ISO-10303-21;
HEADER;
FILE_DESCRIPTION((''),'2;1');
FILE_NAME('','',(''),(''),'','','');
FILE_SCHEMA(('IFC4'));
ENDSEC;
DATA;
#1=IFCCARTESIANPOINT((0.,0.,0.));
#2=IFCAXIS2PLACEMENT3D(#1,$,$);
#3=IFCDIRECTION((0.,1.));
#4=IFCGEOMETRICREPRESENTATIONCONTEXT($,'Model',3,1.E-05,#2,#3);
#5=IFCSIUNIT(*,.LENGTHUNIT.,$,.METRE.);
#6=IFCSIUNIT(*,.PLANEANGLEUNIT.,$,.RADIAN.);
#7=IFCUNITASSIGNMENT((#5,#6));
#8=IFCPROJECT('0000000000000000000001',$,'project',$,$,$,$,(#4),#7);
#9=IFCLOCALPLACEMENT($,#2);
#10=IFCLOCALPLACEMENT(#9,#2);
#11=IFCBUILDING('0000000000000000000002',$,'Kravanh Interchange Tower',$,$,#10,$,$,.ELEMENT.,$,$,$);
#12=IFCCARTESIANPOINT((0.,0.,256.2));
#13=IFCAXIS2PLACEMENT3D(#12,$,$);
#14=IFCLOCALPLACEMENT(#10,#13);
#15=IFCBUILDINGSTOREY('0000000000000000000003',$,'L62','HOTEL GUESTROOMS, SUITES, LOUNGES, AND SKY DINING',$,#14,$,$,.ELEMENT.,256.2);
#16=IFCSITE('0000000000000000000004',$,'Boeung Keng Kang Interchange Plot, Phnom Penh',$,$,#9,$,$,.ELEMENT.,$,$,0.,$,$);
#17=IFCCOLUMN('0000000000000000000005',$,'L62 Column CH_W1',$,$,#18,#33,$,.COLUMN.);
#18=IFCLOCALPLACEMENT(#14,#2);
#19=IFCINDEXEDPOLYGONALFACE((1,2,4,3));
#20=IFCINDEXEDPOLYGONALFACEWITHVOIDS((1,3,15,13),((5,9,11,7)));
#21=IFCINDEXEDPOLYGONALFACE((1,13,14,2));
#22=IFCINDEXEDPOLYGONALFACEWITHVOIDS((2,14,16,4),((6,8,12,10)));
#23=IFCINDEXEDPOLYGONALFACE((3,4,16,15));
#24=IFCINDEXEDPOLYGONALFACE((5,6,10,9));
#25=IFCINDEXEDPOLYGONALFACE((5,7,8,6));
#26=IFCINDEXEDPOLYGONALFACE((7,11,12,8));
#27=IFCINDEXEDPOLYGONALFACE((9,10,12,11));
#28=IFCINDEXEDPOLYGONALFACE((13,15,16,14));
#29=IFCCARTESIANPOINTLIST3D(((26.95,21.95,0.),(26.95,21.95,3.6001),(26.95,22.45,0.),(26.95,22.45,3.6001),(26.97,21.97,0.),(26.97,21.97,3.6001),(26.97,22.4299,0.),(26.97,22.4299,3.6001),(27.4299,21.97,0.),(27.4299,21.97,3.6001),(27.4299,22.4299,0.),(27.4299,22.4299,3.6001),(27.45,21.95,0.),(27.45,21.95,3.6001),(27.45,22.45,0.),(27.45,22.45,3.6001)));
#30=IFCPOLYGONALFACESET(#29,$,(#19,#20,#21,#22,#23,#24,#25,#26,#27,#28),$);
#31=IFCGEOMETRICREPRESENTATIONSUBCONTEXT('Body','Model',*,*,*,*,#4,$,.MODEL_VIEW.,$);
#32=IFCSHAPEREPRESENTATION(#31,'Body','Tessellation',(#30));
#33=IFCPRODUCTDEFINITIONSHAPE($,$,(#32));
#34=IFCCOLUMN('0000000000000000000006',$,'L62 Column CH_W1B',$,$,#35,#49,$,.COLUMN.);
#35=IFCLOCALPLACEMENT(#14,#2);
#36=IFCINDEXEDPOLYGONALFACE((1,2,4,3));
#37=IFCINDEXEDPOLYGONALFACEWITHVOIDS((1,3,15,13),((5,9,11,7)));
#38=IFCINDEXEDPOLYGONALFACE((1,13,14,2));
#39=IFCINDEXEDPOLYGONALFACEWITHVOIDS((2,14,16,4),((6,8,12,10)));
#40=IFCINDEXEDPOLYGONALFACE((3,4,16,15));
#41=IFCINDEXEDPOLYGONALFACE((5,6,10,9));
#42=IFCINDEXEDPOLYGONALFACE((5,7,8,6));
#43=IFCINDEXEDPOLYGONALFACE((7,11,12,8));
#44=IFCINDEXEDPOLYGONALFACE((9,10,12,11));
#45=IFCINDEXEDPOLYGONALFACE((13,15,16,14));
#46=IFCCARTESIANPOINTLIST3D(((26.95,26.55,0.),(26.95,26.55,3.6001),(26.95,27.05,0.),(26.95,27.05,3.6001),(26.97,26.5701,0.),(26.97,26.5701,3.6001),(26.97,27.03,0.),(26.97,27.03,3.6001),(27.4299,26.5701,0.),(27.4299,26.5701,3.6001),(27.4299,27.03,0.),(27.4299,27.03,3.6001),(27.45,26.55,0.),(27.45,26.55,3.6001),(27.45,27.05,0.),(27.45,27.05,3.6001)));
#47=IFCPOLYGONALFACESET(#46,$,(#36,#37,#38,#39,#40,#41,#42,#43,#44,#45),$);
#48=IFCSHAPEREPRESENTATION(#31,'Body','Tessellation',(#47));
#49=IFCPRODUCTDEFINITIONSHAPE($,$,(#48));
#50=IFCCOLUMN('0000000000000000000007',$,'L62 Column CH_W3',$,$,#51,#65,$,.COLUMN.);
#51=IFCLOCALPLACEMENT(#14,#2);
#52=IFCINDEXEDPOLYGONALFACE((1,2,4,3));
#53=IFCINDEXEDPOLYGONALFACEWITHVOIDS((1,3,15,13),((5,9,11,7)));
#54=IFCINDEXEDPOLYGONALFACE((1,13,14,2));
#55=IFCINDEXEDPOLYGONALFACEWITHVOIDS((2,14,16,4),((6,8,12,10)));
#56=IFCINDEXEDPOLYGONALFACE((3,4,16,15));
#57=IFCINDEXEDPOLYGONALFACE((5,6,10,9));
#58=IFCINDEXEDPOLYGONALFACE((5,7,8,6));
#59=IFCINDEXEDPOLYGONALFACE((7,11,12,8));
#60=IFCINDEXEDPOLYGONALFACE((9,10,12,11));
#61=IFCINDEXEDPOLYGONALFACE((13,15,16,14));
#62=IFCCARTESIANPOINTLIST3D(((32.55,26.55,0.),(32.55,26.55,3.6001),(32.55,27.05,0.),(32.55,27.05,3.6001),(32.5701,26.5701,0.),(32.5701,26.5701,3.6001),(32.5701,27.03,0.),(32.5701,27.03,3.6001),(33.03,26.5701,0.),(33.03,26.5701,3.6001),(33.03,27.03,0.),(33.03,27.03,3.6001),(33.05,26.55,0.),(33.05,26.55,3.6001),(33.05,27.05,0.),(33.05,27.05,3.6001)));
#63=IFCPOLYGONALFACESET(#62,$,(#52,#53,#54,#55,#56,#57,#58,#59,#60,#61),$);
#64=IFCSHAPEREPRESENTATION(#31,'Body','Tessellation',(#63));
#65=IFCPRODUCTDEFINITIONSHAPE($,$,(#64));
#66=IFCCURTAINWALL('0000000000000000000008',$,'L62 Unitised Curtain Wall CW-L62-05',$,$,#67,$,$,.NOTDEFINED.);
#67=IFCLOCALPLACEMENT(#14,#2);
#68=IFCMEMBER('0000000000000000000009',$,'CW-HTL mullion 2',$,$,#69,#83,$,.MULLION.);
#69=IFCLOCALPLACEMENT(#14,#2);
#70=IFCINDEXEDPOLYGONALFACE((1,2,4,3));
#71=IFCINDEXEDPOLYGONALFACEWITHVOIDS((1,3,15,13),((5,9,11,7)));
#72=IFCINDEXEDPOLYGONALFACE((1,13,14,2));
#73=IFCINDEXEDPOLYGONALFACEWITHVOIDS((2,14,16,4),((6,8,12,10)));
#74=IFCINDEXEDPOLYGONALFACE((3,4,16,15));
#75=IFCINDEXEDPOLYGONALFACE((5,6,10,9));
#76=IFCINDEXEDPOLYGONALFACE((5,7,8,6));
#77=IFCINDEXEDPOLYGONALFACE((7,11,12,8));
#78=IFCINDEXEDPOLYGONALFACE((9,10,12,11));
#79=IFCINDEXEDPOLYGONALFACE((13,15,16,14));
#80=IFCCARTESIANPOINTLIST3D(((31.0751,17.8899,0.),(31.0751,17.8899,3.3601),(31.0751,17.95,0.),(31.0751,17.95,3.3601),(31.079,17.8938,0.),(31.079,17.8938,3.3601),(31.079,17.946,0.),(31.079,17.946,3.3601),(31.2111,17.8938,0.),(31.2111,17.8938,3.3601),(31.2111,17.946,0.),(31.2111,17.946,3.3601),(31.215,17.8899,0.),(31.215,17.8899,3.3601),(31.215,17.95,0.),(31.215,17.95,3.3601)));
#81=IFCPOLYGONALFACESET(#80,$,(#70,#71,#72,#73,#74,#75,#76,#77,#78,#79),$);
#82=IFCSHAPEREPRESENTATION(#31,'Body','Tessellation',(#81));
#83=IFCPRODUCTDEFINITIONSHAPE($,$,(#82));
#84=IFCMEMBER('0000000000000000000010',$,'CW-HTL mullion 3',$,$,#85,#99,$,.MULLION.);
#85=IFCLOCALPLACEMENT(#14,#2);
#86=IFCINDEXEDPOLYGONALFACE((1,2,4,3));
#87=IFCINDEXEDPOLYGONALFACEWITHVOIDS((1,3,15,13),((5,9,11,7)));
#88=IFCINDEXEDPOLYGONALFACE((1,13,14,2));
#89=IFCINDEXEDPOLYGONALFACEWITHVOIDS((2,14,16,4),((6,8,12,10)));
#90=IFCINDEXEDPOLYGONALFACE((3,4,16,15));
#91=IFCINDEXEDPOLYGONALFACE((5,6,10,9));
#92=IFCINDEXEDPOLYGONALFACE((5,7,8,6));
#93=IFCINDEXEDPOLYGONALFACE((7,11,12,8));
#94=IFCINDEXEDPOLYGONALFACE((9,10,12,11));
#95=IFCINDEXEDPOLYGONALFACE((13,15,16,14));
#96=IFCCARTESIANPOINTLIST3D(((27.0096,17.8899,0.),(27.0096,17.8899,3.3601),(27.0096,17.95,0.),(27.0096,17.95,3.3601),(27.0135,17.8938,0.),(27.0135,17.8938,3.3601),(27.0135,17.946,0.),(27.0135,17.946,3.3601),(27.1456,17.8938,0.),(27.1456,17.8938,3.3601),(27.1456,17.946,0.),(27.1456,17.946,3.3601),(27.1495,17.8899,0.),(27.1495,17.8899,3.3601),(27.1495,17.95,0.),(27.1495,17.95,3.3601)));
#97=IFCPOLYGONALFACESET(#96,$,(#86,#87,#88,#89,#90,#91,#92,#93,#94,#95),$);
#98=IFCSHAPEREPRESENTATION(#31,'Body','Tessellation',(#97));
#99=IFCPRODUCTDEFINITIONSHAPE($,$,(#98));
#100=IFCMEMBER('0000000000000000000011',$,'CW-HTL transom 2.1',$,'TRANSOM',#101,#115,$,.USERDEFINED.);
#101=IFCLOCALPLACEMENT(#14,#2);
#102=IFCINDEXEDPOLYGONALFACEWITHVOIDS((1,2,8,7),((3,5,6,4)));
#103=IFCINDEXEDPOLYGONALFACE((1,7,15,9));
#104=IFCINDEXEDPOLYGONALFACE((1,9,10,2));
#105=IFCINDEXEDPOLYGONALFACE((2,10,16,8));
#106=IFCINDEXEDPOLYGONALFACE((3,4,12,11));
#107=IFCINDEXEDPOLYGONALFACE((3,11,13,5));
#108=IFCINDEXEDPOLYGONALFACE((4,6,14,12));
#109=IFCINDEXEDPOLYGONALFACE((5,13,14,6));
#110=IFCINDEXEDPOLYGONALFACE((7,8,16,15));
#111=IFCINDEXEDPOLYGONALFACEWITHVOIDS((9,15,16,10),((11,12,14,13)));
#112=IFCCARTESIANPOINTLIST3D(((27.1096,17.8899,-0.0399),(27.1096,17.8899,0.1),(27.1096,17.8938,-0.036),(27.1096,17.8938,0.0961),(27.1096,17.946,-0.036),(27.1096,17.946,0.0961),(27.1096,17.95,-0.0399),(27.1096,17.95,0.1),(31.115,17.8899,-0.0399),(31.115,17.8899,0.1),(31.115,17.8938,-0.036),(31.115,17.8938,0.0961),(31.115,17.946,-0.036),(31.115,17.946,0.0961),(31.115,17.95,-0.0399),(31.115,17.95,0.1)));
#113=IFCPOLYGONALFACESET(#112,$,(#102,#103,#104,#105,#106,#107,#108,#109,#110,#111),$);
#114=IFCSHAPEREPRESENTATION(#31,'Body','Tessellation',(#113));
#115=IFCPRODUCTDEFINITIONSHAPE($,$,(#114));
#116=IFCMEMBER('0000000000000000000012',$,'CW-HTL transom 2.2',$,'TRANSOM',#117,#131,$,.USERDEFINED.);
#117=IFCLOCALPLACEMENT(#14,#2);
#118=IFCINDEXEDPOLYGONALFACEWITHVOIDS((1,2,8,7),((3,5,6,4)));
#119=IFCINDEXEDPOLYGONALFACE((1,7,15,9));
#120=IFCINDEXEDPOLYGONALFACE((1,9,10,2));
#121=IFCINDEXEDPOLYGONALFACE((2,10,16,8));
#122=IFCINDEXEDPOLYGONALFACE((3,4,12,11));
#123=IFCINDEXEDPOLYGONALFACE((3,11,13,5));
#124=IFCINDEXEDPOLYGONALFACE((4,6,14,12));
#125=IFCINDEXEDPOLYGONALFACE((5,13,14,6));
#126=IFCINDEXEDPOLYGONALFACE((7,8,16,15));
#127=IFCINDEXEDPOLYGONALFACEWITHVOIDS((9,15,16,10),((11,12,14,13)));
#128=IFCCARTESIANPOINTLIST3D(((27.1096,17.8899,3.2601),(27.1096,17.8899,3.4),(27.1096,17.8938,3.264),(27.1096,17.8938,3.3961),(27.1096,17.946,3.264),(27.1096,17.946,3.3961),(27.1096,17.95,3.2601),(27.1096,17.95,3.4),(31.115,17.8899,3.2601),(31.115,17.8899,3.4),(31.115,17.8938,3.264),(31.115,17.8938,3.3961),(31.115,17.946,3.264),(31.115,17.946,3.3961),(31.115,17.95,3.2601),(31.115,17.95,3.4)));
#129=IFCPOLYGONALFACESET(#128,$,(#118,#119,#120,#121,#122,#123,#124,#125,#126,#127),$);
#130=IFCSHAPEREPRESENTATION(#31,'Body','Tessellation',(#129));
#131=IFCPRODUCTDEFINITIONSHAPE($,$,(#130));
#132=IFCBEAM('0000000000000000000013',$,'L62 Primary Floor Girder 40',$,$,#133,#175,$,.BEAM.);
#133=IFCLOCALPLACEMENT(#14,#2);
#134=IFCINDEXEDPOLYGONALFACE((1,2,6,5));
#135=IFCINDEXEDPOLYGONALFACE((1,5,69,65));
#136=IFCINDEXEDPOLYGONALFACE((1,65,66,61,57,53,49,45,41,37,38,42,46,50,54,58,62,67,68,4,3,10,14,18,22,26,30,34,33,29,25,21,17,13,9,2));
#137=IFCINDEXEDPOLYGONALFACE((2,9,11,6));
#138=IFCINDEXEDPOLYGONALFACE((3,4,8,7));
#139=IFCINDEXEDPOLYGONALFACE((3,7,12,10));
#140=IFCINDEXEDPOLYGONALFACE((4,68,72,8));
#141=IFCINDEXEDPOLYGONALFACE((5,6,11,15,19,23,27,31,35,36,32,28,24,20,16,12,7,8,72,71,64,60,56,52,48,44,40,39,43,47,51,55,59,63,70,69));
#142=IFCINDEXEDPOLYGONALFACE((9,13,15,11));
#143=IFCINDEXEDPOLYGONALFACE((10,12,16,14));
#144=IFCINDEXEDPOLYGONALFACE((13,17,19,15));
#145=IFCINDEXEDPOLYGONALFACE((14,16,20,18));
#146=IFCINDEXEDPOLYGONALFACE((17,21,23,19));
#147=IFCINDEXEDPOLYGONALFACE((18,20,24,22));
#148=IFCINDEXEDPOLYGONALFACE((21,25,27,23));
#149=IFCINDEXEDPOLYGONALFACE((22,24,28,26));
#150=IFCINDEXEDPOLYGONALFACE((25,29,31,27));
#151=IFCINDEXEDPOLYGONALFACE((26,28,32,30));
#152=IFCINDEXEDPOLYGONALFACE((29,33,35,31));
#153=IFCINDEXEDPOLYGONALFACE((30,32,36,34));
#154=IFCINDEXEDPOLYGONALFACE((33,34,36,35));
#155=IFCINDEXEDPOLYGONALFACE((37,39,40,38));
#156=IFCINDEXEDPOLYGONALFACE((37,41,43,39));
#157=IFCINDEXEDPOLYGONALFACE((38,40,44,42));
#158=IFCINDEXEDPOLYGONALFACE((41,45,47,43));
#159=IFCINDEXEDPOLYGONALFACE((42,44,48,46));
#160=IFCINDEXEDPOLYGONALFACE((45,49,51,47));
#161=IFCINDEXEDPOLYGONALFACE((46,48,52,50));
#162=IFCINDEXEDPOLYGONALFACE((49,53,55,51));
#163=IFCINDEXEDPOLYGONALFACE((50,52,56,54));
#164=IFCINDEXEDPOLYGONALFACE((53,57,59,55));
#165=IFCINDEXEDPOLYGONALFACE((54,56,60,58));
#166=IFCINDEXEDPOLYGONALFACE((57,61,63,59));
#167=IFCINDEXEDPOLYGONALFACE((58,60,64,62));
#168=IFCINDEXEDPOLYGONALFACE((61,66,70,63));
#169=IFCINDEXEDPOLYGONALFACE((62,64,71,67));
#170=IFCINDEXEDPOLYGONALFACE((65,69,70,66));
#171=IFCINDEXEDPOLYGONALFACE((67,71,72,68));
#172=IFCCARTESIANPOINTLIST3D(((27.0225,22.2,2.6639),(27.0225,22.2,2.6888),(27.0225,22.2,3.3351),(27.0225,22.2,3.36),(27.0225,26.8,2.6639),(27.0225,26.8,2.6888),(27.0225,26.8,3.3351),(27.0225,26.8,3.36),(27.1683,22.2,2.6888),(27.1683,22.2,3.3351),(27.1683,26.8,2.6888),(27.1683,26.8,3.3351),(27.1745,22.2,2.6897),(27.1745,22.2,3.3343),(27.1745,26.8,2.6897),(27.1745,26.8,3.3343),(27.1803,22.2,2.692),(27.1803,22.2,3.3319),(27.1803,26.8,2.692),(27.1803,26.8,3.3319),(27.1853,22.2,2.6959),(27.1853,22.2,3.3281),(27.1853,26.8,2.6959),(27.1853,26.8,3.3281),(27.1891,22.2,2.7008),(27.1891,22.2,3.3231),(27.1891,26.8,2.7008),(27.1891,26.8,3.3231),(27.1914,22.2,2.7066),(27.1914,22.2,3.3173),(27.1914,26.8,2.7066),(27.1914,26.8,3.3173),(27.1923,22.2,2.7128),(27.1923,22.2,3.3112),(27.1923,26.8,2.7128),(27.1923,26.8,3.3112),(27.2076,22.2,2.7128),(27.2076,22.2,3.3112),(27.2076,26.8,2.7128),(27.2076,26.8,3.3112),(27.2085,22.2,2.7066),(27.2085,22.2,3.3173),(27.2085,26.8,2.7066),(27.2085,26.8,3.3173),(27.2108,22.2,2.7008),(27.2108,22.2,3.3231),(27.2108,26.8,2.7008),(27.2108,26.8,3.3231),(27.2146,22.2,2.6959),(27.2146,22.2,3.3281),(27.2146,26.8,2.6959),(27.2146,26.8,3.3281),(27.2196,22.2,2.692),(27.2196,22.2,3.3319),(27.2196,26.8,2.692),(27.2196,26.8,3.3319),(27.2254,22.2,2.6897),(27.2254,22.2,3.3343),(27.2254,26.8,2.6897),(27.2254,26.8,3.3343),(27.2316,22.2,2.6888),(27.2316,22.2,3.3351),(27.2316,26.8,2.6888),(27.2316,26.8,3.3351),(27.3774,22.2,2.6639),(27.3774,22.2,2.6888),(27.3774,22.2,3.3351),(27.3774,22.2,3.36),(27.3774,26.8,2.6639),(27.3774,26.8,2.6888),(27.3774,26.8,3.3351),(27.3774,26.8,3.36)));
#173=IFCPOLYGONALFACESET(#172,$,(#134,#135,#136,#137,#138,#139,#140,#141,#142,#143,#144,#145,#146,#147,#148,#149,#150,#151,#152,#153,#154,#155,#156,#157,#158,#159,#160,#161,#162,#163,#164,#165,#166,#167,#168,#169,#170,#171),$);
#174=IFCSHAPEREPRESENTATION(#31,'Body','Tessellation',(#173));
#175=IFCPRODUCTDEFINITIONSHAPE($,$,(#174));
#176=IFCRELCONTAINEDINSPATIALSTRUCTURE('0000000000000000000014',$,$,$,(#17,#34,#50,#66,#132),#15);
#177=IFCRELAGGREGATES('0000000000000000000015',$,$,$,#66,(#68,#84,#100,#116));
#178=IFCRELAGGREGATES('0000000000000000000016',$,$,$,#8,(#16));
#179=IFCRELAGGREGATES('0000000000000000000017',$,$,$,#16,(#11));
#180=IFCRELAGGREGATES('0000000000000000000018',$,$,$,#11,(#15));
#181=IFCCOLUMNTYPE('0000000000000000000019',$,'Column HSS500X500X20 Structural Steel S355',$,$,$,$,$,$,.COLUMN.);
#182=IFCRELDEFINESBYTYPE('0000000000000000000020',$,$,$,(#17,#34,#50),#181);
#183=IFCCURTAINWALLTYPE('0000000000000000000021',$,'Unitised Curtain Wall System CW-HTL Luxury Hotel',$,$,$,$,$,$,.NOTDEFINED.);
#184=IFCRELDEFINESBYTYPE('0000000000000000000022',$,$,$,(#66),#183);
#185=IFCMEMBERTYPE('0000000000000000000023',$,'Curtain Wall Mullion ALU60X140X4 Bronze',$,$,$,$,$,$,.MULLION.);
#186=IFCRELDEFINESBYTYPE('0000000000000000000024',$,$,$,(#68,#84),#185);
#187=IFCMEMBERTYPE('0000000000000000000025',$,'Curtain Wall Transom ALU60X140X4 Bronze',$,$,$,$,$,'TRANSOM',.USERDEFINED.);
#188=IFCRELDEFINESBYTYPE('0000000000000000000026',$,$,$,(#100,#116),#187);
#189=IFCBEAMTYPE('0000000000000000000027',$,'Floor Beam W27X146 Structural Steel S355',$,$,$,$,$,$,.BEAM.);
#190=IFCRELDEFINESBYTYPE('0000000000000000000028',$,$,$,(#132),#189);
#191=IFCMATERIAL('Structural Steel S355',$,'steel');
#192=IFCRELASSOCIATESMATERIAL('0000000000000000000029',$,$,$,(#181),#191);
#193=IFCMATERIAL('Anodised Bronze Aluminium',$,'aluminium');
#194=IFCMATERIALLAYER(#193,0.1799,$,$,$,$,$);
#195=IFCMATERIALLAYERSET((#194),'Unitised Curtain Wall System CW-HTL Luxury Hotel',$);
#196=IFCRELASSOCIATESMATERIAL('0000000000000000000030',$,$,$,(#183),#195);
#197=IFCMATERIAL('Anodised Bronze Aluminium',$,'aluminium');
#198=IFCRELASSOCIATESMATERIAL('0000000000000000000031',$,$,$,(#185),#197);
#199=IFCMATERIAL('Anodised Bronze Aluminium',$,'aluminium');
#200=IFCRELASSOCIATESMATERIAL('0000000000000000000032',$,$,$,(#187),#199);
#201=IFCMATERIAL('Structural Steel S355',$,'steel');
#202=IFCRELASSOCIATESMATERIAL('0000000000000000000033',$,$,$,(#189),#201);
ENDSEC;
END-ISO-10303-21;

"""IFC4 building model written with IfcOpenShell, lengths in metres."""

from ifc_helpers import new_model, si_unit, direction, frame, origin, origin_2d, place, context, subcontext, project, spatial, hollow_rectangle, i_section, extrude, material, layer, layer_set, material_profile, profile_set, type_object, element, aggregate, save


model = new_model("IFC4")

# Units and contexts
model_context = context("Model", 3, precision=1e-05, world=origin(), true_north=direction((0.0, 1.0)))
body_context = subcontext(model_context, "Body", "Model", "MODEL_VIEW")
ifc_project = project(units=[si_unit("LENGTHUNIT", "METRE"), si_unit("PLANEANGLEUNIT", "RADIAN")], contexts=[model_context])

# Site, building, storey
site_placement = place(None, origin())
site = spatial("IfcSite", under=ifc_project, at=site_placement, Name="Boeung Keng Kang Interchange Plot, Phnom Penh", CompositionType="ELEMENT", RefElevation=0.0)
building_placement = place(site_placement, origin())
building = spatial("IfcBuilding", under=site, at=building_placement, Name="Kravanh Interchange Tower", CompositionType="ELEMENT")
storey_placement = place(building_placement, frame((0.0, 0.0, 256.2)))
storey = spatial("IfcBuildingStorey", under=building, at=storey_placement, Name="L62", Description="HOTEL GUESTROOMS, SUITES, LOUNGES, AND SKY DINING", CompositionType="ELEMENT", Elevation=256.2)

# Columns
ifc_material_1 = material(Name="Structural Steel S355", Category="steel")
ifc_material_profile_1 = material_profile(ifc_material_1, hollow_rectangle(XDim=0.5, YDim=0.5, WallThickness=0.02, at=origin_2d()), Name="HSS500X500X20")
ifc_profile_set_1 = profile_set([ifc_material_profile_1], Name="Structural Steel S355")
column_type = type_object("IfcColumnType", Name="Column HSS500X500X20 Structural Steel S355", PredefinedType="COLUMN", material=ifc_profile_set_1)
for number, where, z_axis, x_axis, name in (
    (1, (27.2, 22.2, 0.0), (0.0, 0.0, 1.0), (1.0, 0.0, 0.0), "L62 Column CH_W1"),
    (2, (27.2, 26.8, 0.0), (0.0, 0.0, 1.0), (1.0, 0.0, 0.0), "L62 Column CH_W1B"),
    (3, (32.8, 26.8, 0.0), (0.0, 0.0, 1.0), (1.0, 0.0, 0.0), "L62 Column CH_W3"),
):
    element("IfcColumn", number, at=place(storey_placement, frame(where, z_axis=z_axis, x_axis=x_axis)), inside=storey, type_object=column_type, Name=name, PredefinedType="COLUMN", context=body_context, shape_type="SweptSolid", body=[
        extrude(hollow_rectangle(XDim=0.5, YDim=0.5, WallThickness=0.02, at=origin_2d()), origin(), (0.0, 0.0, 1.0), 3.6001),
    ])

# Curtain wall, members
ifc_material_2 = material(Name="Anodised Bronze Aluminium", Category="aluminium")
ifc_layer_1 = layer(ifc_material_2, 0.1799)
ifc_layer_set_1 = layer_set([ifc_layer_1], Name="Unitised Curtain Wall System CW-HTL Luxury Hotel")
curtain_wall_type = type_object("IfcCurtainWallType", Name="Unitised Curtain Wall System CW-HTL Luxury Hotel", PredefinedType="NOTDEFINED", material=ifc_layer_set_1)
curtain_wall_placement = place(storey_placement, origin())
curtain_wall = element("IfcCurtainWall", 4, at=curtain_wall_placement, inside=storey, type_object=curtain_wall_type, Name="L62 Unitised Curtain Wall CW-L62-05", PredefinedType="NOTDEFINED")
ifc_material_3 = material(Name="Anodised Bronze Aluminium", Category="aluminium")
ifc_material_profile_2 = material_profile(ifc_material_3, hollow_rectangle(XDim=0.0601, YDim=0.1399, WallThickness=0.0039, at=origin_2d()), Name="ALU60X140X4")
ifc_profile_set_2 = profile_set([ifc_material_profile_2], Name="Anodised Bronze Aluminium")
member_type_1 = type_object("IfcMemberType", Name="Curtain Wall Mullion ALU60X140X4 Bronze", PredefinedType="MULLION", material=ifc_profile_set_2)
member_1_placement = place(storey_placement, frame((31.145, 17.9199, 0.0), z_axis=(0.0, 0.0, 1.0), x_axis=(0.0, -1.0, 0.0)))
member_1 = element("IfcMember", 5, at=member_1_placement, type_object=member_type_1, Name="CW-HTL mullion 2", PredefinedType="MULLION", context=body_context, shape_type="SweptSolid", body=[
    extrude(hollow_rectangle(XDim=0.0601, YDim=0.1399, WallThickness=0.0039, at=origin_2d()), origin(), (0.0, 0.0, 1.0), 3.3601),
])
member_2_placement = place(storey_placement, frame((27.0796, 17.9199, 0.0), z_axis=(0.0, 0.0, 1.0), x_axis=(0.0, -1.0, 0.0)))
member_2 = element("IfcMember", 6, at=member_2_placement, type_object=member_type_1, Name="CW-HTL mullion 3", PredefinedType="MULLION", context=body_context, shape_type="SweptSolid", body=[
    extrude(hollow_rectangle(XDim=0.0601, YDim=0.1399, WallThickness=0.0039, at=origin_2d()), origin(), (0.0, 0.0, 1.0), 3.3601),
])
ifc_material_4 = material(Name="Anodised Bronze Aluminium", Category="aluminium")
ifc_material_profile_3 = material_profile(ifc_material_4, hollow_rectangle(XDim=0.0601, YDim=0.1399, WallThickness=0.0039, at=origin_2d()), Name="ALU60X140X4")
ifc_profile_set_3 = profile_set([ifc_material_profile_3], Name="Anodised Bronze Aluminium")
member_type_2 = type_object("IfcMemberType", Name="Curtain Wall Transom ALU60X140X4 Bronze", ElementType="TRANSOM", PredefinedType="USERDEFINED", material=ifc_profile_set_3)
member_3_placement = place(storey_placement, frame((31.115, 17.9199, 0.03), z_axis=(-1.0, 0.0, 0.0), x_axis=(0.0, -1.0, 0.0)))
member_3 = element("IfcMember", 7, at=member_3_placement, type_object=member_type_2, Name="CW-HTL transom 2.1", ObjectType="TRANSOM", PredefinedType="USERDEFINED", context=body_context, shape_type="SweptSolid", body=[
    extrude(hollow_rectangle(XDim=0.0601, YDim=0.1399, WallThickness=0.0039, at=origin_2d()), origin(), (0.0, 0.0, 1.0), 4.0054),
])
member_4_placement = place(storey_placement, frame((31.115, 17.9199, 3.3301), z_axis=(-1.0, 0.0, 0.0), x_axis=(0.0, -1.0, 0.0)))
member_4 = element("IfcMember", 8, at=member_4_placement, type_object=member_type_2, Name="CW-HTL transom 2.2", ObjectType="TRANSOM", PredefinedType="USERDEFINED", context=body_context, shape_type="SweptSolid", body=[
    extrude(hollow_rectangle(XDim=0.0601, YDim=0.1399, WallThickness=0.0039, at=origin_2d()), origin(), (0.0, 0.0, 1.0), 4.0054),
])

# Beam
ifc_material_5 = material(Name="Structural Steel S355", Category="steel")
ifc_material_profile_4 = material_profile(ifc_material_5, i_section(OverallWidth=0.355, OverallDepth=0.696, WebThickness=0.0154, FlangeThickness=0.0249, FilletRadius=0.0239, at=origin_2d()), Name="W27X146")
ifc_profile_set_4 = profile_set([ifc_material_profile_4], Name="Structural Steel S355")
beam_type_1 = type_object("IfcBeamType", Name="Floor Beam W27X146 Structural Steel S355", PredefinedType="BEAM", material=ifc_profile_set_4)
beam_1_placement = place(storey_placement, frame((27.2, 22.2, 3.012), z_axis=(0.0, 1.0, 0.0), x_axis=(-1.0, 0.0, 0.0)))
element("IfcBeam", 9, at=beam_1_placement, inside=storey, type_object=beam_type_1, Name="L62 Primary Floor Girder 40", PredefinedType="BEAM", context=body_context, shape_type="SweptSolid", body=[
    extrude(i_section(OverallWidth=0.355, OverallDepth=0.696, WebThickness=0.0154, FlangeThickness=0.0249, FilletRadius=0.0239, at=origin_2d()), origin(), (0.0, 0.0, 1.0), 4.6001),
])

aggregate(curtain_wall, [member_1, member_2, member_3, member_4])

save(model, "model.ifc")
